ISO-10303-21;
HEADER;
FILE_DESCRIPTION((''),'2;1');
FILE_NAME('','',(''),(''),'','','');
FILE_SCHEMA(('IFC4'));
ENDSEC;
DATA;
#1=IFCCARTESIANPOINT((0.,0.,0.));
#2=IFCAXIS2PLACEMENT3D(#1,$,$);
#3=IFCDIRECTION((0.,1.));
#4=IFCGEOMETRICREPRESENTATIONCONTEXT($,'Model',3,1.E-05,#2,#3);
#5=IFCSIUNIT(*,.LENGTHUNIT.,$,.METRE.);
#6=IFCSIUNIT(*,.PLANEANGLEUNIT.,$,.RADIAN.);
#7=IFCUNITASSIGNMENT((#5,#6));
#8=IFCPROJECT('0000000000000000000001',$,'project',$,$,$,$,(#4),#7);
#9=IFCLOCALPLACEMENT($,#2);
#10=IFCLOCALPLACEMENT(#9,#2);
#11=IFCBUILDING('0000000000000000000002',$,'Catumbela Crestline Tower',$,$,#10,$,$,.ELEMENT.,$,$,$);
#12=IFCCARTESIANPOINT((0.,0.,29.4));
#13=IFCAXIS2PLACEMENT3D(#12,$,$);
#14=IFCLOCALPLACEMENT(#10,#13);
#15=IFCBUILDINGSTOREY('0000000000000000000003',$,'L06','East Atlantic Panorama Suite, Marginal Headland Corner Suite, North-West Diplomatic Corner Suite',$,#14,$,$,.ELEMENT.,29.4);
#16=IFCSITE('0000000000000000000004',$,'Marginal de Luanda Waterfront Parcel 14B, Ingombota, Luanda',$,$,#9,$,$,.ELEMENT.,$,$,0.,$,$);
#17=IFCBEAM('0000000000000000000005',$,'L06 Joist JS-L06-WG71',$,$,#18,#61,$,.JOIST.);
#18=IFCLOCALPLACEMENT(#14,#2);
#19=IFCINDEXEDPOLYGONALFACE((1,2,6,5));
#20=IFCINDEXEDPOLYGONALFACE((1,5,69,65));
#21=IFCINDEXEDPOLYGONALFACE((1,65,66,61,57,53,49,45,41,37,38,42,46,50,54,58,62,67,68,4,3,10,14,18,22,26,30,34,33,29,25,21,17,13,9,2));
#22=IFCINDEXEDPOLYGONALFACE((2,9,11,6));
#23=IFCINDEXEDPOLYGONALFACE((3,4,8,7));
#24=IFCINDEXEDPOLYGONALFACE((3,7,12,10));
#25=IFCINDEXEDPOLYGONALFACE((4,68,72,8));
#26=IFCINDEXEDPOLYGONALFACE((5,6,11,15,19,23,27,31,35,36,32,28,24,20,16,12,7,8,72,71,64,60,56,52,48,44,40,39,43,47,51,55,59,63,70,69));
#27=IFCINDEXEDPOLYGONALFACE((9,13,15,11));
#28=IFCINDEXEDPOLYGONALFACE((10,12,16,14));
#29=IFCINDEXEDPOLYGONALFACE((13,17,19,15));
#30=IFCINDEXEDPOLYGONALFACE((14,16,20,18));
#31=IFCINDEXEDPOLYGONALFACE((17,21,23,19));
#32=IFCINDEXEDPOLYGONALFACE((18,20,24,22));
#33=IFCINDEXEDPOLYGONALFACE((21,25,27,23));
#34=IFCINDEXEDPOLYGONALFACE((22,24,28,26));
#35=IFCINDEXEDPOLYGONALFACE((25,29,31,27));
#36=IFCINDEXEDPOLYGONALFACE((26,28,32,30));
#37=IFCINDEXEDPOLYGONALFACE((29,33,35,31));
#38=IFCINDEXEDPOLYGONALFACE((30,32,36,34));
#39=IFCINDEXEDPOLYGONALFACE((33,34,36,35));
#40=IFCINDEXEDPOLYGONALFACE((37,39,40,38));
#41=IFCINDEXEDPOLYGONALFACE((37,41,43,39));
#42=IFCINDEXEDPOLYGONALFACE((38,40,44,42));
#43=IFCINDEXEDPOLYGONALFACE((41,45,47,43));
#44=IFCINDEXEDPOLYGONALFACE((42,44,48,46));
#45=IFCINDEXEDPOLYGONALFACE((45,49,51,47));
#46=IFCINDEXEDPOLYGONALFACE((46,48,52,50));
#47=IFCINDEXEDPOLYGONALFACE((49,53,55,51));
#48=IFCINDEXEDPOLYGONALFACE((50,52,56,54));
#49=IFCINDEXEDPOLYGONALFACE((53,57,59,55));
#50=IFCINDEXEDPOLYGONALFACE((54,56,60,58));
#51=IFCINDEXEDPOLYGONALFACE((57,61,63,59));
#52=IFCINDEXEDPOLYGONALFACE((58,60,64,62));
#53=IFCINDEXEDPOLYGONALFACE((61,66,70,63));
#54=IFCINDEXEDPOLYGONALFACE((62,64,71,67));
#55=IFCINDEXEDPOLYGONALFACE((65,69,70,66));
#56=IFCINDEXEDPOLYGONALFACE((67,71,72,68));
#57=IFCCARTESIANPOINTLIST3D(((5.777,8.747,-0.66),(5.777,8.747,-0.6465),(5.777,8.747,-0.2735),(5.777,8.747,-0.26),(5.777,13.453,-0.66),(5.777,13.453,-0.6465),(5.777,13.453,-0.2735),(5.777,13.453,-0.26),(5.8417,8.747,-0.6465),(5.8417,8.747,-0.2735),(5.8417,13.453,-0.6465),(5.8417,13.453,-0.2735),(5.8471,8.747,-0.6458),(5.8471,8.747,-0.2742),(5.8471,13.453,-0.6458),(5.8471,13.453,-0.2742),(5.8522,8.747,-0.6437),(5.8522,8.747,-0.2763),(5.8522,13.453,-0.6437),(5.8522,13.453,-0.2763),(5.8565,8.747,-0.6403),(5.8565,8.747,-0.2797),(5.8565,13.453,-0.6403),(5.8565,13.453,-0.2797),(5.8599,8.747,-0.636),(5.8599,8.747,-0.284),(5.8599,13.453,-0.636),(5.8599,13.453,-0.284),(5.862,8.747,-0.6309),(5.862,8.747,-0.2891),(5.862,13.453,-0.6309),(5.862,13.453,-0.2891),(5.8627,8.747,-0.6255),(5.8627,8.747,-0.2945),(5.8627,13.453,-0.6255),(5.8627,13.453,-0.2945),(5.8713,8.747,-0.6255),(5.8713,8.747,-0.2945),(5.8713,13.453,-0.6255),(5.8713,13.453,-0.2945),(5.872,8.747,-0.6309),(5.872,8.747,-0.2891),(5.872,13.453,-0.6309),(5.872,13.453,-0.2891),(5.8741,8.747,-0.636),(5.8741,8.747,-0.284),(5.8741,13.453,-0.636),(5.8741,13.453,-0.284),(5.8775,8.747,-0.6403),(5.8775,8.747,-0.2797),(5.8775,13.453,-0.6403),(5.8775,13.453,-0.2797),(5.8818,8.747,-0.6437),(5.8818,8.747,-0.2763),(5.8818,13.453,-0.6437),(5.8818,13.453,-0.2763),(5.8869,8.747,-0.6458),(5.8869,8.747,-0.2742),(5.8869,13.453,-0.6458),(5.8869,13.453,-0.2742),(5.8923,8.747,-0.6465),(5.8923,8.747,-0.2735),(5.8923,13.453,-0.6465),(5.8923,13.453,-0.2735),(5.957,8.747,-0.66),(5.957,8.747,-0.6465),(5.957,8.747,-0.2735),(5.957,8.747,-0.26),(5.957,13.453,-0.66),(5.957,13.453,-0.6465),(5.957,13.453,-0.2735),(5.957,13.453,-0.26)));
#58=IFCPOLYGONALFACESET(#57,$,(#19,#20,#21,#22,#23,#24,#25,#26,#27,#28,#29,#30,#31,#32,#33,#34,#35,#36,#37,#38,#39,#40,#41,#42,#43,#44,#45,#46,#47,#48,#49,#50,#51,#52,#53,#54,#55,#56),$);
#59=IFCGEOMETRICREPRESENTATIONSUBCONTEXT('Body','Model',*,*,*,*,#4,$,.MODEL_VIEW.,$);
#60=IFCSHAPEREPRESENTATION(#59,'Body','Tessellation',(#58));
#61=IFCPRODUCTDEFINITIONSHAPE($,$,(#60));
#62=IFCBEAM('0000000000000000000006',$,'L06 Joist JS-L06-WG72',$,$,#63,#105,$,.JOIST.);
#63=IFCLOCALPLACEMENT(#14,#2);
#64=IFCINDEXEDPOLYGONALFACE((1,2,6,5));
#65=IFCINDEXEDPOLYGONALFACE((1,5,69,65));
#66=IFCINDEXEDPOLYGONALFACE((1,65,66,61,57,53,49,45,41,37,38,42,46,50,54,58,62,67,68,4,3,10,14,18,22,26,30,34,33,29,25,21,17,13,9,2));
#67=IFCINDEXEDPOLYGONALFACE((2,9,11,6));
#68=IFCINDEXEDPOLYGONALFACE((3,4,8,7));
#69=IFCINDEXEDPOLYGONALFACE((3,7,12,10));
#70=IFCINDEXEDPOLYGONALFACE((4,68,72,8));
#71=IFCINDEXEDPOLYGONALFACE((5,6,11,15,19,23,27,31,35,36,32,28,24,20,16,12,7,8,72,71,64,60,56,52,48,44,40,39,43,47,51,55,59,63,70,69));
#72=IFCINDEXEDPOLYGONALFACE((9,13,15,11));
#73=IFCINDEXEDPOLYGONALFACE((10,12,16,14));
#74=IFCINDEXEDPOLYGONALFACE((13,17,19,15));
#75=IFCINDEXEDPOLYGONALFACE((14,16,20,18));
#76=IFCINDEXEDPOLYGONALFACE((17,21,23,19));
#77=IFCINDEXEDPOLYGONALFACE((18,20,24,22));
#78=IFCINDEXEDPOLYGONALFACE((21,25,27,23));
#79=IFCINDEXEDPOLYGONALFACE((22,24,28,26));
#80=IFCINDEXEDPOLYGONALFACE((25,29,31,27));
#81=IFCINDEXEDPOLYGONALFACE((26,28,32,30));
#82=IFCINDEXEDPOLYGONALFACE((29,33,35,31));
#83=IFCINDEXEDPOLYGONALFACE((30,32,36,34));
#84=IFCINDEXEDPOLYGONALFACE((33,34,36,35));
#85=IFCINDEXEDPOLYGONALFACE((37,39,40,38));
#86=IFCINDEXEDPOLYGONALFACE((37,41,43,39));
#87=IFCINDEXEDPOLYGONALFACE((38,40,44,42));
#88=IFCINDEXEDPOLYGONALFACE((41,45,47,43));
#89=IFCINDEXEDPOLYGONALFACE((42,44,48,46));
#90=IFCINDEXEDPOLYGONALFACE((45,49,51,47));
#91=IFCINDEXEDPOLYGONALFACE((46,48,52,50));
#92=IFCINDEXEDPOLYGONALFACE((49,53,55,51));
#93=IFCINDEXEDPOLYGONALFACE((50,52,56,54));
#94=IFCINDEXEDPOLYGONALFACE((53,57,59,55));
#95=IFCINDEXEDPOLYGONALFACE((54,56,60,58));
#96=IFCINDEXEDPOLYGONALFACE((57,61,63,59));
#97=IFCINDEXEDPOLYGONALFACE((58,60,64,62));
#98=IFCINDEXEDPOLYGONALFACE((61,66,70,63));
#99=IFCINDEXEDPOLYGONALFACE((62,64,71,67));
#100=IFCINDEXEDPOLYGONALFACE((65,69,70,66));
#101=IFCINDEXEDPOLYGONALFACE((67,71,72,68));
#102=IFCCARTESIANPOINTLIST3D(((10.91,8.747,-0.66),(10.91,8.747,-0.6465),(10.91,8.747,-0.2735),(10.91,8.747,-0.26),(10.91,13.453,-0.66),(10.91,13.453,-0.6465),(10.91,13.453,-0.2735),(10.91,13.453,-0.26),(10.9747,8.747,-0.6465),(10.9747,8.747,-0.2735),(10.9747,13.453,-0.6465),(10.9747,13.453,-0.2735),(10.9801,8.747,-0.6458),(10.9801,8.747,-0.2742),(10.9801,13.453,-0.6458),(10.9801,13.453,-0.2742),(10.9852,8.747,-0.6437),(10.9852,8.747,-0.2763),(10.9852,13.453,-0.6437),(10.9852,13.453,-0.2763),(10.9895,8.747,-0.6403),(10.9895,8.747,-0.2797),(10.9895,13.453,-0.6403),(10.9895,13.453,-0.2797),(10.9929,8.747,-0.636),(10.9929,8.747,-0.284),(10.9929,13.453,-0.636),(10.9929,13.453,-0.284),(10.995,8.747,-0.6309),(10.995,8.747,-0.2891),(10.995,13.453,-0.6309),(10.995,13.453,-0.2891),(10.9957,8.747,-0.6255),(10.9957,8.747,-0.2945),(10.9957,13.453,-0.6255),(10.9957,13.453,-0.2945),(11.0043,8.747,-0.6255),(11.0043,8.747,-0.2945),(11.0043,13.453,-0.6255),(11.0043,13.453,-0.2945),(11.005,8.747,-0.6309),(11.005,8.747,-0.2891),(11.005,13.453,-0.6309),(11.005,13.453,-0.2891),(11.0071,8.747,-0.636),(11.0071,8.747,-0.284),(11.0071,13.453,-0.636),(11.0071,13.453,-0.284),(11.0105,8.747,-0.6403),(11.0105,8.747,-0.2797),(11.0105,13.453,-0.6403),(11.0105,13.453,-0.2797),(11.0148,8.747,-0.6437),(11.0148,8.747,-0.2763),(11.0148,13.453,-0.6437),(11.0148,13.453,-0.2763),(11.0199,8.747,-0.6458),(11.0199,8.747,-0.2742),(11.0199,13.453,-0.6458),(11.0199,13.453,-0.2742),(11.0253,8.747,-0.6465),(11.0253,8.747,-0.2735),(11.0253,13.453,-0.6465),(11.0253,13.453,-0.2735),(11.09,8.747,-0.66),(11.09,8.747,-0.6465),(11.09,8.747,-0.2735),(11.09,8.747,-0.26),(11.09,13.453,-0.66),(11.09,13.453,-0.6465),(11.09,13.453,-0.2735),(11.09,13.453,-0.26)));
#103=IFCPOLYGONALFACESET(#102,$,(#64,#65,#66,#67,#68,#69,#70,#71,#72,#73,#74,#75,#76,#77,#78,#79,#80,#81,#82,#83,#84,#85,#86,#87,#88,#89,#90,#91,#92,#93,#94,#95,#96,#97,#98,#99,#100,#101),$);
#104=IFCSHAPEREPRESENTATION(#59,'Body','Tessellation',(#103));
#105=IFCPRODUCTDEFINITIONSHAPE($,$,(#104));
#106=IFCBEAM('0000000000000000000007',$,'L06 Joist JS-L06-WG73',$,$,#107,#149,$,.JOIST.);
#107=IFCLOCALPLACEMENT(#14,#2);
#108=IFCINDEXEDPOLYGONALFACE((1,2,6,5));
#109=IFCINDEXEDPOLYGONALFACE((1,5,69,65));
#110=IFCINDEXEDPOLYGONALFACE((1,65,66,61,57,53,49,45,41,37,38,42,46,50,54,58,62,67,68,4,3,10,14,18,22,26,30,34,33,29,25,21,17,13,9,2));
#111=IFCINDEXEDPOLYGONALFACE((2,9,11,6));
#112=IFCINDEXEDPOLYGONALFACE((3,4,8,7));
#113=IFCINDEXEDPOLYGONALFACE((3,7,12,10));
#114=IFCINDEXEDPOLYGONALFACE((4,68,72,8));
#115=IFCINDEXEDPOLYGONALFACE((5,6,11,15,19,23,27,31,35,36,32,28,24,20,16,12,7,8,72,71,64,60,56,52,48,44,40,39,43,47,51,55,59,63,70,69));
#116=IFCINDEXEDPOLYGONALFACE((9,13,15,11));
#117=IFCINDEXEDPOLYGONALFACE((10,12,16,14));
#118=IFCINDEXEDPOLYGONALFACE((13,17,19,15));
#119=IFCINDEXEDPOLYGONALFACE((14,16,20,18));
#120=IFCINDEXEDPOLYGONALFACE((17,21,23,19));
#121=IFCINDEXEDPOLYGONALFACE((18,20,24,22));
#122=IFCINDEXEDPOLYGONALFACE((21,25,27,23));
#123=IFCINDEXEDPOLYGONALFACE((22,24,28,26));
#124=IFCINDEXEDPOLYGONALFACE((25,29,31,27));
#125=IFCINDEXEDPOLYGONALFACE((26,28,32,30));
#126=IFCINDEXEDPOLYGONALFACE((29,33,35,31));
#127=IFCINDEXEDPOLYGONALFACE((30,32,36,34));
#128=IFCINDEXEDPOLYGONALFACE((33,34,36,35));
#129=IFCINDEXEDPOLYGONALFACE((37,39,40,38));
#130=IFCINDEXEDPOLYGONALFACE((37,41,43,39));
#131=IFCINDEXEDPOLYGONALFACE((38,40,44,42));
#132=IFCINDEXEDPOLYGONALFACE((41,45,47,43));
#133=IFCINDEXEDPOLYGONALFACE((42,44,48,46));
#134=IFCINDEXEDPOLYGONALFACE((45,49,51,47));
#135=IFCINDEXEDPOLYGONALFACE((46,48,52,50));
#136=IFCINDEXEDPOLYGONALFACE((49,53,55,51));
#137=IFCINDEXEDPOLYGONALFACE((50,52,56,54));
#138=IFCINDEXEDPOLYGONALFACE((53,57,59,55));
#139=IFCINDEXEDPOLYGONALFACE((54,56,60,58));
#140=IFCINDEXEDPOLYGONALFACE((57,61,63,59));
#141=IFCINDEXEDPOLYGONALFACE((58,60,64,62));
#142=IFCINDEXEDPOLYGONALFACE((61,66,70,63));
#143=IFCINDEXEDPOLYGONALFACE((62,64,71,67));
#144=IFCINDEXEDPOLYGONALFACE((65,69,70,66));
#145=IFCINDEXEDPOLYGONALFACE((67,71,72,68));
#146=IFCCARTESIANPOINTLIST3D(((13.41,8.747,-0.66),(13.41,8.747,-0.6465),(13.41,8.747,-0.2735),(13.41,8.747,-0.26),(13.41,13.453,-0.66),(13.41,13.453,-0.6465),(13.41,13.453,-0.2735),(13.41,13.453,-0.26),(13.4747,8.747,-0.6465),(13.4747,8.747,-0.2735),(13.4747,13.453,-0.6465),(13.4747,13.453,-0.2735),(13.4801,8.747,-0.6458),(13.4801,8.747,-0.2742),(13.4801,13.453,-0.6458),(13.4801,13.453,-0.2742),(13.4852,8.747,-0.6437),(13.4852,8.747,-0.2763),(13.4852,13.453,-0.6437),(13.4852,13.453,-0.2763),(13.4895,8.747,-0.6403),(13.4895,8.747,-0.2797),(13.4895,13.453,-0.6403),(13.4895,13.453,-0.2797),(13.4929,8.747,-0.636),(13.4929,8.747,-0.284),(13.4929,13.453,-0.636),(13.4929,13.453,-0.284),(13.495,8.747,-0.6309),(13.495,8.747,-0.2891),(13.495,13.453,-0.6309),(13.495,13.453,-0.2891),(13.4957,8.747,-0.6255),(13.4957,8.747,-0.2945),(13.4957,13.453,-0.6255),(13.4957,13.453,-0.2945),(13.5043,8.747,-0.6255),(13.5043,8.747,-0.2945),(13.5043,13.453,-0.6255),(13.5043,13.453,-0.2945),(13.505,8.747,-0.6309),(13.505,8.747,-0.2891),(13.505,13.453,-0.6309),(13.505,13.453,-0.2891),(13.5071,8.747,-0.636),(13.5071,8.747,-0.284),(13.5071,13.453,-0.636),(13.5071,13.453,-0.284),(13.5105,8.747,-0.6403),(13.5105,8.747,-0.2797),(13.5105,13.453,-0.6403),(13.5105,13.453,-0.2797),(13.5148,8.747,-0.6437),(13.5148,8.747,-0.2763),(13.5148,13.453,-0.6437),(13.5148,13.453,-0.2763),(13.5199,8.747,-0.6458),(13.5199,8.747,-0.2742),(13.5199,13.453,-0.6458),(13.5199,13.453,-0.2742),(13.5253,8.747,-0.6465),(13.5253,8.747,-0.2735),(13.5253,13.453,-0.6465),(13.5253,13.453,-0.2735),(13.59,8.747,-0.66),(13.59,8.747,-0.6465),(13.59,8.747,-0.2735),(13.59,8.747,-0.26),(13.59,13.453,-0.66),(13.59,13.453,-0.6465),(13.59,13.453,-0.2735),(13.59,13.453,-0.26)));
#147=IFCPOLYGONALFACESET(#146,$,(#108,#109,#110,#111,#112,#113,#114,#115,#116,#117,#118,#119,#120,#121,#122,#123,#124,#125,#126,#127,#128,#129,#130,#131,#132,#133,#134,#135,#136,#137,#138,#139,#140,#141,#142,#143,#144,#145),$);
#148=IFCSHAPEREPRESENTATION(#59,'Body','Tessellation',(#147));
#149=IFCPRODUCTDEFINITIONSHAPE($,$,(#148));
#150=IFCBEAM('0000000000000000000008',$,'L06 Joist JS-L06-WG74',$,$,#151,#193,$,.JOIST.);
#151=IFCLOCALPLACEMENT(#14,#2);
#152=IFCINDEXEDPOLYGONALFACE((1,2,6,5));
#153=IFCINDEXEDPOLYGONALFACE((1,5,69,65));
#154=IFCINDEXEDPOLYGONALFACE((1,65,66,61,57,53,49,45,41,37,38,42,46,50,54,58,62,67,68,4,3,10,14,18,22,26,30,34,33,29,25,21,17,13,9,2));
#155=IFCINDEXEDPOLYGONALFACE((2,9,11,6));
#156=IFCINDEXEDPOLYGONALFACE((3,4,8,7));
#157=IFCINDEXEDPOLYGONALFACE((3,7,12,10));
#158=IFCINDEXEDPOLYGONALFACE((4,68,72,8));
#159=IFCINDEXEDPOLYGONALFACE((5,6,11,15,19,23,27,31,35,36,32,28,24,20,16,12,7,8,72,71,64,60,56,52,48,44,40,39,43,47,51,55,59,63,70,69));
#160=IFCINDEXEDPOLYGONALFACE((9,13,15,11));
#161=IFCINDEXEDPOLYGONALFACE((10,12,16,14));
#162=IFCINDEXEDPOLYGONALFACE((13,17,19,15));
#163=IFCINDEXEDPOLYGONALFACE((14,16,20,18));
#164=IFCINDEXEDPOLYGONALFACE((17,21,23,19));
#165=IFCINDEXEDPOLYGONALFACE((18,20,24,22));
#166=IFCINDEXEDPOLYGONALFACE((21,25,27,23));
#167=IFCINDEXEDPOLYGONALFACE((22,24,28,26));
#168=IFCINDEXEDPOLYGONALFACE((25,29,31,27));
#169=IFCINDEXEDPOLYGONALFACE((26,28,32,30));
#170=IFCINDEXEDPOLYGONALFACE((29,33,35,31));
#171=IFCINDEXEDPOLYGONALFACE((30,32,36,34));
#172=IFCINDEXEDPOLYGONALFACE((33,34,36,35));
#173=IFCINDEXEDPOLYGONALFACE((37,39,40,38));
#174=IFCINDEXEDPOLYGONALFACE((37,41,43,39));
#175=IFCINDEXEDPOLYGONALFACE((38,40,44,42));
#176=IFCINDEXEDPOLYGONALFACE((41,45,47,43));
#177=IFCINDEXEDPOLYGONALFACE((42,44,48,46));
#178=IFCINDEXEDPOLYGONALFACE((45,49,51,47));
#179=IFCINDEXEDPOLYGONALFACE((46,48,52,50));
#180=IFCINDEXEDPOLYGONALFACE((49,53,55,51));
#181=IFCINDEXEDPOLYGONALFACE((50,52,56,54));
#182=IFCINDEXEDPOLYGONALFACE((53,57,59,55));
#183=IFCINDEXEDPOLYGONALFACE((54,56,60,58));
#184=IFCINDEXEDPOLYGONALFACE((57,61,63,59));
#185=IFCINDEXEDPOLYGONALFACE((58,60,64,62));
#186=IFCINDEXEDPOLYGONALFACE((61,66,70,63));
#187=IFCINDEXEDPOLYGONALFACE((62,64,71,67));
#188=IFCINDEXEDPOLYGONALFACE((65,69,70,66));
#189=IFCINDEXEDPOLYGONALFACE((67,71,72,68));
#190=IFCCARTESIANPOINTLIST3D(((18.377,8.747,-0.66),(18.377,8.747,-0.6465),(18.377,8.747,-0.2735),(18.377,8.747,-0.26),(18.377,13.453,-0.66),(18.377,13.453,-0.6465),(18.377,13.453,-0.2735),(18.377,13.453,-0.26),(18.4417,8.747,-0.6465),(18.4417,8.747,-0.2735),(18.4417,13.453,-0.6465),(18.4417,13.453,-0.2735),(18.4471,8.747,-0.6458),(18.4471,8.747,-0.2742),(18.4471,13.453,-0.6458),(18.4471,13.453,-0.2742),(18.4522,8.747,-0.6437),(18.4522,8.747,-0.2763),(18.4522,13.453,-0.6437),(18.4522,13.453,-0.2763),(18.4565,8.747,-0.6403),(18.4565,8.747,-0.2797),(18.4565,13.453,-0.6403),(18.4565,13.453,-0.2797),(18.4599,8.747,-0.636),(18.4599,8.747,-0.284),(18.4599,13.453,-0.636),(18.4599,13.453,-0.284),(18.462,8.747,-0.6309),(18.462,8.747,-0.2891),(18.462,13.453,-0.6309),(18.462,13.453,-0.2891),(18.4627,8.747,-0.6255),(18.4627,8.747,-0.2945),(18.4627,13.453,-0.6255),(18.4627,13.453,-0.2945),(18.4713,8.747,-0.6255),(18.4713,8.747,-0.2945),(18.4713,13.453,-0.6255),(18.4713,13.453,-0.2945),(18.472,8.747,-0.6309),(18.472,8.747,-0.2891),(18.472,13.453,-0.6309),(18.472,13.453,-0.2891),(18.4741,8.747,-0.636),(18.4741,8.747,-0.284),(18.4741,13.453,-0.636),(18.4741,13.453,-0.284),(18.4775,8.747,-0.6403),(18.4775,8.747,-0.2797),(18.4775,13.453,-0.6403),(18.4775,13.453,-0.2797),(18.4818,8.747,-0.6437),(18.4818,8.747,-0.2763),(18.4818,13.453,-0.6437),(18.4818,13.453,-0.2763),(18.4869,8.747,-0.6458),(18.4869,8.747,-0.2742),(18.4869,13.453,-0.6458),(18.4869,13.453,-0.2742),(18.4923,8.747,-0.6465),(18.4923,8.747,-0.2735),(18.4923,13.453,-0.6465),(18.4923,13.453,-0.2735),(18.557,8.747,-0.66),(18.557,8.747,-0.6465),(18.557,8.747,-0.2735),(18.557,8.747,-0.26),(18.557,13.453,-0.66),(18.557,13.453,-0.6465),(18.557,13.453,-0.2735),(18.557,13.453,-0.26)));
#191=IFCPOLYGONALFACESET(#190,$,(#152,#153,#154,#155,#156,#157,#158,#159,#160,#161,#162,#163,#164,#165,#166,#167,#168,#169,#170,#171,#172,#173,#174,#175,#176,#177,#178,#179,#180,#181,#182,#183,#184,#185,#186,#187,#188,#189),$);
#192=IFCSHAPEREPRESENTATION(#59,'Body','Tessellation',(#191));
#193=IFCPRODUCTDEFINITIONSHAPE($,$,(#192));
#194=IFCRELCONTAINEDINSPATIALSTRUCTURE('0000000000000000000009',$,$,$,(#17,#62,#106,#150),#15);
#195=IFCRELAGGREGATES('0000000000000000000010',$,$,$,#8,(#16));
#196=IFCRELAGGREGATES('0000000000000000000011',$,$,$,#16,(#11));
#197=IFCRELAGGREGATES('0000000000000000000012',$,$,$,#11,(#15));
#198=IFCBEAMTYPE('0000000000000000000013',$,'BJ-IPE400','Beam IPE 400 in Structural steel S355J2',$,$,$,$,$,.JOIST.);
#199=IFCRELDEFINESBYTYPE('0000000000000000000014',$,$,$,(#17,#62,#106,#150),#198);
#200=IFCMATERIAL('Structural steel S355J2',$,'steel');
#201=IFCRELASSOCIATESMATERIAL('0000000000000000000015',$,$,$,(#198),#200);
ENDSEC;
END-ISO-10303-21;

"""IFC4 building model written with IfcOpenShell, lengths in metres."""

from ifc_helpers import new_model, si_unit, direction, frame, origin, origin_2d, place, context, subcontext, project, spatial, i_section, extrude, material, material_profile, profile_set, type_object, element, save


model = new_model("IFC4")

# Units and contexts
model_context = context("Model", 3, precision=1e-05, world=origin(), true_north=direction((0.0, 1.0)))
body_context = subcontext(model_context, "Body", "Model", "MODEL_VIEW")
ifc_project = project(units=[si_unit("LENGTHUNIT", "METRE"), si_unit("PLANEANGLEUNIT", "RADIAN")], contexts=[model_context])

# Site, building, storey
site_placement = place(None, origin())
site = spatial("IfcSite", under=ifc_project, at=site_placement, Name="Marginal de Luanda Waterfront Parcel 14B, Ingombota, Luanda", CompositionType="ELEMENT", RefElevation=0.0)
building_placement = place(site_placement, origin())
building = spatial("IfcBuilding", under=site, at=building_placement, Name="Catumbela Crestline Tower", CompositionType="ELEMENT")
storey_placement = place(building_placement, frame((0.0, 0.0, 29.4)))
storey = spatial("IfcBuildingStorey", under=building, at=storey_placement, Name="L06", Description="East Atlantic Panorama Suite, Marginal Headland Corner Suite, North-West Diplomatic Corner Suite", CompositionType="ELEMENT", Elevation=29.4)

# Beams
ifc_material_1 = material(Name="Structural steel S355J2", Category="steel")
ifc_material_profile_1 = material_profile(ifc_material_1, i_section(OverallWidth=0.18, OverallDepth=0.4, WebThickness=0.0086, FlangeThickness=0.0135, FilletRadius=0.021, at=origin_2d()), Name="IPE 400")
ifc_profile_set_1 = profile_set([ifc_material_profile_1], Name="Structural steel S355J2")
beam_type_1 = type_object("IfcBeamType", Name="BJ-IPE400", Description="Beam IPE 400 in Structural steel S355J2", PredefinedType="JOIST", material=ifc_profile_set_1)
for number, where, z_axis, x_axis, name in (
    (1, (5.867, 8.747, -0.46), (0.0, 1.0, 0.0), (-1.0, 0.0, 0.0), "L06 Joist JS-L06-WG71"),
    (2, (11.0, 8.747, -0.46), (0.0, 1.0, 0.0), (-1.0, 0.0, 0.0), "L06 Joist JS-L06-WG72"),
    (3, (13.5, 8.747, -0.46), (0.0, 1.0, 0.0), (-1.0, 0.0, 0.0), "L06 Joist JS-L06-WG73"),
    (4, (18.467, 8.747, -0.46), (0.0, 1.0, 0.0), (-1.0, 0.0, 0.0), "L06 Joist JS-L06-WG74"),
):
    element("IfcBeam", number, at=place(storey_placement, frame(where, z_axis=z_axis, x_axis=x_axis)), inside=storey, type_object=beam_type_1, Name=name, PredefinedType="JOIST", context=body_context, shape_type="SweptSolid", body=[
        extrude(i_section(OverallWidth=0.18, OverallDepth=0.4, WebThickness=0.0086, FlangeThickness=0.0135, FilletRadius=0.021, at=origin_2d()), origin(), (0.0, 0.0, 1.0), 4.706),
    ])

save(model, "model.ifc")
